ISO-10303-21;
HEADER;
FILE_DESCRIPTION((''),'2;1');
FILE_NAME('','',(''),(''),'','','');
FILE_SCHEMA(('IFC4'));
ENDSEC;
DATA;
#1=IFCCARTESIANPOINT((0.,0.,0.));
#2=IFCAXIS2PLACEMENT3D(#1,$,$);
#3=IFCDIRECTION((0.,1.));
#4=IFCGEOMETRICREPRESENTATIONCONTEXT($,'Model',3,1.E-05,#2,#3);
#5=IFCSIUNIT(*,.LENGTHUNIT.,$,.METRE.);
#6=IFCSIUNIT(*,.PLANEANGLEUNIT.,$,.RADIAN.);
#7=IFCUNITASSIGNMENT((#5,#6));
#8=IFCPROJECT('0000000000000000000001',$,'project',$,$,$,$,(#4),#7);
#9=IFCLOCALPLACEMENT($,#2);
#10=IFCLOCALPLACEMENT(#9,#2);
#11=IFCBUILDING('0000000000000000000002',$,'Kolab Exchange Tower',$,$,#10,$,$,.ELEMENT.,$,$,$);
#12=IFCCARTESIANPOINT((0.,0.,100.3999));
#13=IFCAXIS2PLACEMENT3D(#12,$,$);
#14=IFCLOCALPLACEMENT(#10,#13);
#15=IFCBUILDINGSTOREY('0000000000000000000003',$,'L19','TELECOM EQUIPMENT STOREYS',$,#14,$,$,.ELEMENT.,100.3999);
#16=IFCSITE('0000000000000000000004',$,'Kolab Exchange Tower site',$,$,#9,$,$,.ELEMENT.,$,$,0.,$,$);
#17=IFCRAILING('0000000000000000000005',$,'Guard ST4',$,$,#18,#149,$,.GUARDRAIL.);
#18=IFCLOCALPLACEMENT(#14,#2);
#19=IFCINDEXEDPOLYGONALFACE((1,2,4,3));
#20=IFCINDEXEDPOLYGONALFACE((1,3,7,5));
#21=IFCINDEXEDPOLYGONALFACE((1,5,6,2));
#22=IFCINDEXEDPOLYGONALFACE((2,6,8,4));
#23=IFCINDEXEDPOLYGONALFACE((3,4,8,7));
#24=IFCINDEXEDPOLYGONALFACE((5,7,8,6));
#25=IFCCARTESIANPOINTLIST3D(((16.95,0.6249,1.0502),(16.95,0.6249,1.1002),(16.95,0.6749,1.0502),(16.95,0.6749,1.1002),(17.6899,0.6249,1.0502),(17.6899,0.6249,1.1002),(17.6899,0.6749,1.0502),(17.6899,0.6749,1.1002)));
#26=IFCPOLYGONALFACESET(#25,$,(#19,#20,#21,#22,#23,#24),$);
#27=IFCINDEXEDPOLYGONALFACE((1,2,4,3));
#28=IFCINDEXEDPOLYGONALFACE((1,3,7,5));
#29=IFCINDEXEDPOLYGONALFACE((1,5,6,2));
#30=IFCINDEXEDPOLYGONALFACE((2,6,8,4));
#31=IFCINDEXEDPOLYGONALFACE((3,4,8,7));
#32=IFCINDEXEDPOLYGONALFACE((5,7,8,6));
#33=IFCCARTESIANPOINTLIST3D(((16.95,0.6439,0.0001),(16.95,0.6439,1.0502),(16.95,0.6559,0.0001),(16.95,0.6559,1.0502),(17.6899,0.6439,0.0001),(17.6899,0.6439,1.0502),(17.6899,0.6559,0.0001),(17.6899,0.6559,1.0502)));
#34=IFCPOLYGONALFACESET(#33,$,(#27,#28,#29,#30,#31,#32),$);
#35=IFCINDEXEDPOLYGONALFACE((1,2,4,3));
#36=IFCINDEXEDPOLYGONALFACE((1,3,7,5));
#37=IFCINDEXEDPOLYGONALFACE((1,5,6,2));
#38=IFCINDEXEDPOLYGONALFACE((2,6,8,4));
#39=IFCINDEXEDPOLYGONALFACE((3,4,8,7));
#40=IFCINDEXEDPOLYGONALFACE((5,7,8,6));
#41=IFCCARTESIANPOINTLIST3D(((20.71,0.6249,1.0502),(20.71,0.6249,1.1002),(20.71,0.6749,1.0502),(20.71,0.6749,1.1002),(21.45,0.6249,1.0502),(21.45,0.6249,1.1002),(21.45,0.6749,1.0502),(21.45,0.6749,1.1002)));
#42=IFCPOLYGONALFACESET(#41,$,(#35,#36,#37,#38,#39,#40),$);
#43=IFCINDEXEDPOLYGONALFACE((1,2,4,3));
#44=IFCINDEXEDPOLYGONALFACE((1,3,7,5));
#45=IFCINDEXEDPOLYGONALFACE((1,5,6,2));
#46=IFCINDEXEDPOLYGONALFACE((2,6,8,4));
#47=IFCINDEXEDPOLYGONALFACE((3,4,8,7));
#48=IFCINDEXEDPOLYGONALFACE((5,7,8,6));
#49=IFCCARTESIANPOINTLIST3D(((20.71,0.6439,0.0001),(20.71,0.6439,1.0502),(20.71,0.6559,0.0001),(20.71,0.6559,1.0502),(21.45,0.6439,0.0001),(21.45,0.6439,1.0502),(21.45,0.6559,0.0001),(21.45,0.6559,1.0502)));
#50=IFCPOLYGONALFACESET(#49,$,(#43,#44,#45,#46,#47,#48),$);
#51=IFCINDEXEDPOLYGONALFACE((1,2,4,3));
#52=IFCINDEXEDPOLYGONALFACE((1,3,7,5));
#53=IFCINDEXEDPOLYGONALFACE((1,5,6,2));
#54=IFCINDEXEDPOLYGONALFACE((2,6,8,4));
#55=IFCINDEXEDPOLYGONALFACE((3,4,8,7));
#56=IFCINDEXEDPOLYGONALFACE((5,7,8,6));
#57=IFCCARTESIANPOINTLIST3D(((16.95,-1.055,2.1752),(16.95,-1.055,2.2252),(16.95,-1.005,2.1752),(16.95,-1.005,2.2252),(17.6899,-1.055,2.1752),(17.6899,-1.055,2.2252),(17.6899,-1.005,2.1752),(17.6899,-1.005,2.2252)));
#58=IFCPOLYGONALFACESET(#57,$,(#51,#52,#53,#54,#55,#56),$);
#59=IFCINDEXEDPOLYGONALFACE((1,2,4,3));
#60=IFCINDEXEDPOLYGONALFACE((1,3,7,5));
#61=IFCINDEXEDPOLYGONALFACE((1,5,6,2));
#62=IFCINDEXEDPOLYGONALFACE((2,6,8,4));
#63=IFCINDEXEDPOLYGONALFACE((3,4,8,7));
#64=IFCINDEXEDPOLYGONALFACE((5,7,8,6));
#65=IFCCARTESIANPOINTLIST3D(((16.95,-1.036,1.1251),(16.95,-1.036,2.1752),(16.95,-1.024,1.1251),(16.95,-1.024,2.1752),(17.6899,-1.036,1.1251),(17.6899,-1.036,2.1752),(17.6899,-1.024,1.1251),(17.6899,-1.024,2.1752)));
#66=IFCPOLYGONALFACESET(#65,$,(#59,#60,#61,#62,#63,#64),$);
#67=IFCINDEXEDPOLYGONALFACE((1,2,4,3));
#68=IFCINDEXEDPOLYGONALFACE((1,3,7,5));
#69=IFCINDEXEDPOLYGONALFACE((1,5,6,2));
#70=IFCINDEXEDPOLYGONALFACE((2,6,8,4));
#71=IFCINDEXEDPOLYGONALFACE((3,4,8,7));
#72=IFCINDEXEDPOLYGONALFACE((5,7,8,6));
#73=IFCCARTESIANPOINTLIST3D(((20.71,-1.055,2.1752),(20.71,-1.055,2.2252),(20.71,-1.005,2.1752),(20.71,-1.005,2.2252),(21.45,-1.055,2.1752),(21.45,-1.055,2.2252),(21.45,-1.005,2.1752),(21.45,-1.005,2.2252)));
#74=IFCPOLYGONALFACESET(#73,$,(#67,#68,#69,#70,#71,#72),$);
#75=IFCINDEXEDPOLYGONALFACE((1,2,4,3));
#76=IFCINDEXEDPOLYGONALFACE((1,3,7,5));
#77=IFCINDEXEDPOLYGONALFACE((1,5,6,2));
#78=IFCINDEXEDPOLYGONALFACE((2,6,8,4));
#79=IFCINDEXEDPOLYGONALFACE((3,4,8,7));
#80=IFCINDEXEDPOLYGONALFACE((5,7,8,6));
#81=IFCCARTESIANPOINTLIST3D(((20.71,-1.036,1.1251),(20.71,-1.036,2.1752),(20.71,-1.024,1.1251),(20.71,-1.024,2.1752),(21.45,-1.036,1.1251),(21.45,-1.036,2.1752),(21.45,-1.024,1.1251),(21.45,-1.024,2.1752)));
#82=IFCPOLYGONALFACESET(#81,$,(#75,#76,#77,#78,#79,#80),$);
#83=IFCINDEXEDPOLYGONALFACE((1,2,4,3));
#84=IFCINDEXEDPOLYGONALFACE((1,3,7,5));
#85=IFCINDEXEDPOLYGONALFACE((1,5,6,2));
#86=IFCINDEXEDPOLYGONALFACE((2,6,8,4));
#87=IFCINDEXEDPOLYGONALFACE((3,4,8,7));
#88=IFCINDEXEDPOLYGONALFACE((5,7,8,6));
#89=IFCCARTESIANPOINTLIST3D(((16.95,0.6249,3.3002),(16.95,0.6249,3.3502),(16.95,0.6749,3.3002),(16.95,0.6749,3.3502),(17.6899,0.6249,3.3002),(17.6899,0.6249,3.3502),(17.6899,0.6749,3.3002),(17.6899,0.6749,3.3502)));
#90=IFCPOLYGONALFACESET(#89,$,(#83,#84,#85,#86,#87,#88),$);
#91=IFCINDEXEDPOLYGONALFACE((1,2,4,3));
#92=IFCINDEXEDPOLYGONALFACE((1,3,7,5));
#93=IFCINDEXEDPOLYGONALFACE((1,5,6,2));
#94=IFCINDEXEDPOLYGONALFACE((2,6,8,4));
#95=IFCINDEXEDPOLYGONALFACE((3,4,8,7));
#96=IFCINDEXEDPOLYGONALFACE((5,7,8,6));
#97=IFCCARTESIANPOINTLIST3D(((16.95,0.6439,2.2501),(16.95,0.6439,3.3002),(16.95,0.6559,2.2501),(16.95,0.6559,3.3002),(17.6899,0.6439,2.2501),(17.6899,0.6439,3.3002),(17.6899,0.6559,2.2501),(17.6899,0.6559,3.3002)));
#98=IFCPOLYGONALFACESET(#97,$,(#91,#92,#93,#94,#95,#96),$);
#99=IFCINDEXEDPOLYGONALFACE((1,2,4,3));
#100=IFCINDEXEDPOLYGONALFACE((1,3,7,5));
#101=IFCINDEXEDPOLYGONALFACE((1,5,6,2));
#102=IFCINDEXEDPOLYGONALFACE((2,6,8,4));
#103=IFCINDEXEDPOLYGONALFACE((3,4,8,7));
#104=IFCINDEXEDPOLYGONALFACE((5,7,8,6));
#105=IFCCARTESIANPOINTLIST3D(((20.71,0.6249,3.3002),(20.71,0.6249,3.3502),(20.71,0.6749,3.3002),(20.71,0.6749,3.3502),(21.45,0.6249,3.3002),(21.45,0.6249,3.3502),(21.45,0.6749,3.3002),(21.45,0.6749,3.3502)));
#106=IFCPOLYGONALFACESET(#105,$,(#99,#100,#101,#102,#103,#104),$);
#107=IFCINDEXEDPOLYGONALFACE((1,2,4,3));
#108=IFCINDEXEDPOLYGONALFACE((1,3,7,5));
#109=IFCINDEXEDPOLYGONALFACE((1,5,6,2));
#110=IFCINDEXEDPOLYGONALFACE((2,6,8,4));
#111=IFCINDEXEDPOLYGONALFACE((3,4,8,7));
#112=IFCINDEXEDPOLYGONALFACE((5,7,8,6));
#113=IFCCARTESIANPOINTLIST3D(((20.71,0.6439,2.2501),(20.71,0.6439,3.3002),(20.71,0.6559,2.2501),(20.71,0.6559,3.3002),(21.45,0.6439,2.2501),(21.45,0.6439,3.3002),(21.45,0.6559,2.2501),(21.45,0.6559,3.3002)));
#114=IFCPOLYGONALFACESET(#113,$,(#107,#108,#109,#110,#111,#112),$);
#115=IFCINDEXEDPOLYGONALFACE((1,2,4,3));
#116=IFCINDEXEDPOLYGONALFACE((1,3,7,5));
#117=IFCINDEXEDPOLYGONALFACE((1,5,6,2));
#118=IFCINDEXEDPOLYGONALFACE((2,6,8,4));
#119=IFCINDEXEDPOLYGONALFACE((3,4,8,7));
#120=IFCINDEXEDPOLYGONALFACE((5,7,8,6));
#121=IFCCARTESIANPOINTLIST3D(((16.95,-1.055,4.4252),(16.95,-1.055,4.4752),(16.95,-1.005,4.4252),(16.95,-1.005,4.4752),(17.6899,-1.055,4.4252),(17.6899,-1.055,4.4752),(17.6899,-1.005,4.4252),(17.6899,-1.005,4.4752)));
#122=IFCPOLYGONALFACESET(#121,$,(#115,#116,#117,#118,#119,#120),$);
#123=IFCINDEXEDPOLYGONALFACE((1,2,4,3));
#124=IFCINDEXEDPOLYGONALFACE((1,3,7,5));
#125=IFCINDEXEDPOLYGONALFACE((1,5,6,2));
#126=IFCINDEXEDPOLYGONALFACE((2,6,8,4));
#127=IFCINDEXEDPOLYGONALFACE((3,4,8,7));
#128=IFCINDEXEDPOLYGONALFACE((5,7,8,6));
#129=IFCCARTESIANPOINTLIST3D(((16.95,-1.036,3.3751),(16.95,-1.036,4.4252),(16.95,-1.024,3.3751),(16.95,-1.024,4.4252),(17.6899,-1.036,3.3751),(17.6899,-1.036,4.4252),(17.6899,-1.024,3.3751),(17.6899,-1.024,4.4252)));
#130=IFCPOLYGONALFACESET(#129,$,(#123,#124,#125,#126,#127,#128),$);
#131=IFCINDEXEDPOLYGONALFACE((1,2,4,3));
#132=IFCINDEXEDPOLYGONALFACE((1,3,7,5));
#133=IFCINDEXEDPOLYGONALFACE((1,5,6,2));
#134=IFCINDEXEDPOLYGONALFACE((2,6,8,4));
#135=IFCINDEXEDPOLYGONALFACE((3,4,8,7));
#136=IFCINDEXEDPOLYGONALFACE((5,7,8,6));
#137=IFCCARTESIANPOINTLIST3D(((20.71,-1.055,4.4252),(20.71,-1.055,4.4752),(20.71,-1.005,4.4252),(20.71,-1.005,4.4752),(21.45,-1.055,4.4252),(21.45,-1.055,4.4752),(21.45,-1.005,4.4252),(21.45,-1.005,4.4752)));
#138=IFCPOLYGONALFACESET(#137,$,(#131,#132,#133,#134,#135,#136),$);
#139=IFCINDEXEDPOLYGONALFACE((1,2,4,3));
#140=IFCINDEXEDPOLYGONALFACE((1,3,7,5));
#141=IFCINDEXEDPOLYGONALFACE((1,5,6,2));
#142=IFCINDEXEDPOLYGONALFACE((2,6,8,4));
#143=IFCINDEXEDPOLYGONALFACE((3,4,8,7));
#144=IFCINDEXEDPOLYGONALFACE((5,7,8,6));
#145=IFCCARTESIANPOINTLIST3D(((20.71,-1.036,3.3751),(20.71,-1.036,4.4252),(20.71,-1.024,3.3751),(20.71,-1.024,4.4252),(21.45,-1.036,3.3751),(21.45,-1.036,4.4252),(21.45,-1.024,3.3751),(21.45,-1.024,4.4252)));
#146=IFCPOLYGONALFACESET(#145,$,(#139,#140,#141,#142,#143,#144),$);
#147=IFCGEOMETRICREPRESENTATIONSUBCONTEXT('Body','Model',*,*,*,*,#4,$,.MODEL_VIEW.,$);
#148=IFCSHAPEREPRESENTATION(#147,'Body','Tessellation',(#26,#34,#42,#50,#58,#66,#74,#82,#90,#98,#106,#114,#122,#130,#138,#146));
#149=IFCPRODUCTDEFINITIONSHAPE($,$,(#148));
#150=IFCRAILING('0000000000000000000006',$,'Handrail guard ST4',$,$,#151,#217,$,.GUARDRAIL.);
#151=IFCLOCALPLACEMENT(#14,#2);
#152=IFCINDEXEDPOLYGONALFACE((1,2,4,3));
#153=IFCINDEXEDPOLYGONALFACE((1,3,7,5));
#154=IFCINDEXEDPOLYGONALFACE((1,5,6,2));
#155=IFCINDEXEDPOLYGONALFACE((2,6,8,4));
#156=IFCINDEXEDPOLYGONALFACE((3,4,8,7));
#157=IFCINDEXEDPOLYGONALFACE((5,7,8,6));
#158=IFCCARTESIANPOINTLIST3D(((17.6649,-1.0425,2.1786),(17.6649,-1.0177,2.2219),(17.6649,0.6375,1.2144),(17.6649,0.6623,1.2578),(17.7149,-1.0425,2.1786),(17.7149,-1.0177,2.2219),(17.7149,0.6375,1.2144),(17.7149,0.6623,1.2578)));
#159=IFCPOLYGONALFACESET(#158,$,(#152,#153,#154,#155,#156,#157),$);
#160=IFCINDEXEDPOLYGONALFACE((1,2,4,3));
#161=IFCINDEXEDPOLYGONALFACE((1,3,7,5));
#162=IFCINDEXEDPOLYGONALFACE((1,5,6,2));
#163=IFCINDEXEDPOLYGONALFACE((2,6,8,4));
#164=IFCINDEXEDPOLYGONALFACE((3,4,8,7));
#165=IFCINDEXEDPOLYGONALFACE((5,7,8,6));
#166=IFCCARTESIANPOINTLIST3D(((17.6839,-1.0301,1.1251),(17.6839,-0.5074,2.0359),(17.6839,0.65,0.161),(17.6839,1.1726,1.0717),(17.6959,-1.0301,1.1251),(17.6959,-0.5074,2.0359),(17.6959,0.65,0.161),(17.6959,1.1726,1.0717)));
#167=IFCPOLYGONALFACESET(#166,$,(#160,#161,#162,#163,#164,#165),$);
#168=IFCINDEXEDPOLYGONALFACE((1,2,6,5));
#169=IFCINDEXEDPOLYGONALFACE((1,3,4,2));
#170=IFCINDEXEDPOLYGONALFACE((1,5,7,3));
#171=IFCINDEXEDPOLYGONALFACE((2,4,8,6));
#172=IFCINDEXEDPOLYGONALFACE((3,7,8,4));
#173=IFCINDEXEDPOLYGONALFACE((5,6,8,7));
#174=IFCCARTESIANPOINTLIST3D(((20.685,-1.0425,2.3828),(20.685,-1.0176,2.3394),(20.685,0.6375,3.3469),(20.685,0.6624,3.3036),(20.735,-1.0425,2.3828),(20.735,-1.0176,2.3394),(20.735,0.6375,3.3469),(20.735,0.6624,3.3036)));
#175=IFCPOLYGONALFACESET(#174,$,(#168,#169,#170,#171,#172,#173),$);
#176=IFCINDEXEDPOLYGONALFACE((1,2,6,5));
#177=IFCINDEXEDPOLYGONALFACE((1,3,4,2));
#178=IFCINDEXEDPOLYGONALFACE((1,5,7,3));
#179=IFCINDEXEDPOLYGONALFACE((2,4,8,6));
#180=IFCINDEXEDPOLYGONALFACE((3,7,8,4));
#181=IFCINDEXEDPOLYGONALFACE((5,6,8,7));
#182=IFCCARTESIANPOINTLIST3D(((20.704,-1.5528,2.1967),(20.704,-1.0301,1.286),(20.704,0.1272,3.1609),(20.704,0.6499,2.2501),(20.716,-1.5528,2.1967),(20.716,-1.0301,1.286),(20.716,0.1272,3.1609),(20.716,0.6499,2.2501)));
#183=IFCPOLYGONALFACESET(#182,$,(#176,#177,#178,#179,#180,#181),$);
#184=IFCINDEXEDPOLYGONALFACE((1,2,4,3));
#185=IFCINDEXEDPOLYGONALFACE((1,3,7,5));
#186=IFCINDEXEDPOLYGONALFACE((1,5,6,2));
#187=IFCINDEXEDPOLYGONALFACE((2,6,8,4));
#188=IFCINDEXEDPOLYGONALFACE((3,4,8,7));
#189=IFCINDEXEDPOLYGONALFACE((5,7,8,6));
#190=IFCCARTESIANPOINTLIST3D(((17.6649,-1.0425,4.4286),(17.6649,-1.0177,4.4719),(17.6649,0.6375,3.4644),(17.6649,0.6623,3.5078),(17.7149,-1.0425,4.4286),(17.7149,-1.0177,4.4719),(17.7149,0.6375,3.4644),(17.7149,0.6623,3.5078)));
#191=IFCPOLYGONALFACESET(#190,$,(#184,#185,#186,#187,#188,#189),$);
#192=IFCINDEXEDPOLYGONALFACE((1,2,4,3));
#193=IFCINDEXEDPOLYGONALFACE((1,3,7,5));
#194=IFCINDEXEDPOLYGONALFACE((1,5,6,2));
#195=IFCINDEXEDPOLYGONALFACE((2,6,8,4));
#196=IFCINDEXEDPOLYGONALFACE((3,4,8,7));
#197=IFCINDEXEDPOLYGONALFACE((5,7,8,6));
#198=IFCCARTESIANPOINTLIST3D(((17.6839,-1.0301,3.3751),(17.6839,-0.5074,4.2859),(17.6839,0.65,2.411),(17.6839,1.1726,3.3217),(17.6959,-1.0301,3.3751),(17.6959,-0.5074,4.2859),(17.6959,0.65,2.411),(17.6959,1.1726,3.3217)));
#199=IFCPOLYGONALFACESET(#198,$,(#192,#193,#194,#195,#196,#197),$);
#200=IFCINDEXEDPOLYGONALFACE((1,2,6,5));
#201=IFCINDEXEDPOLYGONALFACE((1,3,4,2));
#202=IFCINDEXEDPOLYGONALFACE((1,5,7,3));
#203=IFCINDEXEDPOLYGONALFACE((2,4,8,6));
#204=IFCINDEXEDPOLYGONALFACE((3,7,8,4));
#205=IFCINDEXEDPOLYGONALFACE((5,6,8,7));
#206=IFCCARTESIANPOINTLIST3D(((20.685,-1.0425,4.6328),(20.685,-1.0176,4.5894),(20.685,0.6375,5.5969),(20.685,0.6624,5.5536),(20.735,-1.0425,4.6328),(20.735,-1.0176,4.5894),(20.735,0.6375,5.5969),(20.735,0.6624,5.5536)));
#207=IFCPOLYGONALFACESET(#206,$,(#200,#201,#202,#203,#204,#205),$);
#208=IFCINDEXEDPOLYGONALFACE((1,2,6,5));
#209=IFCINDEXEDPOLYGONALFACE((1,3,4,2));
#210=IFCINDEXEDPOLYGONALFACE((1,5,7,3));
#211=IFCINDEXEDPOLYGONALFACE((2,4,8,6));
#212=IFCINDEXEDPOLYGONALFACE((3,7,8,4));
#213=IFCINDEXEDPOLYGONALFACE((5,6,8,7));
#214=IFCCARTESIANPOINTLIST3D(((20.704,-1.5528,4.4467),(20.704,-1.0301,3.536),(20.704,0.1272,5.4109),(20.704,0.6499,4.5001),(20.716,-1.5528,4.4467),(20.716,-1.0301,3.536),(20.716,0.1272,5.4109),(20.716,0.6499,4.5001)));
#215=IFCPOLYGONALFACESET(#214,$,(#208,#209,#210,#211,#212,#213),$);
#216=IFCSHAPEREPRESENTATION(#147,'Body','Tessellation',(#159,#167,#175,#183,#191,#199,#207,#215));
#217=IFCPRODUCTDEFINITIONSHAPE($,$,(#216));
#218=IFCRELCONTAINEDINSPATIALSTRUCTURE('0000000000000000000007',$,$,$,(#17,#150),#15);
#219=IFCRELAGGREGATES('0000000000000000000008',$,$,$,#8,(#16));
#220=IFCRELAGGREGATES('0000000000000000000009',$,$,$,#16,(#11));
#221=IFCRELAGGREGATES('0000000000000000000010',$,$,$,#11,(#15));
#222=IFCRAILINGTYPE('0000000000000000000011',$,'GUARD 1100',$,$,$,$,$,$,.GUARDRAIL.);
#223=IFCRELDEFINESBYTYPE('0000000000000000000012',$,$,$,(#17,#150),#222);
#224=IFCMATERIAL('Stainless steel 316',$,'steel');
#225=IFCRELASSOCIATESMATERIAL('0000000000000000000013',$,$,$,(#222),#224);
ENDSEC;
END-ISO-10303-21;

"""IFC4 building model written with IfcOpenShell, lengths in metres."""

from ifc_helpers import new_model, si_unit, direction, frame, frame_2d, origin, origin_2d, place, context, subcontext, project, spatial, rectangle, extrude, material, type_object, element, save


model = new_model("IFC4")

# Units and contexts
model_context = context("Model", 3, precision=1e-05, world=origin(), true_north=direction((0.0, 1.0)))
body_context = subcontext(model_context, "Body", "Model", "MODEL_VIEW")
ifc_project = project(units=[si_unit("LENGTHUNIT", "METRE"), si_unit("PLANEANGLEUNIT", "RADIAN")], contexts=[model_context])

# Site, building, storey
site_placement = place(None, origin())
site = spatial("IfcSite", under=ifc_project, at=site_placement, Name="Kolab Exchange Tower site", CompositionType="ELEMENT", RefElevation=0.0)
building_placement = place(site_placement, origin())
building = spatial("IfcBuilding", under=site, at=building_placement, Name="Kolab Exchange Tower", CompositionType="ELEMENT")
storey_placement = place(building_placement, frame((0.0, 0.0, 100.3999)))
storey = spatial("IfcBuildingStorey", under=building, at=storey_placement, Name="L19", Description="TELECOM EQUIPMENT STOREYS", CompositionType="ELEMENT", Elevation=100.3999)

# Railings
ifc_material_1 = material(Name="Stainless steel 316", Category="steel")
railing_type = type_object("IfcRailingType", Name="GUARD 1100", PredefinedType="GUARDRAIL", material=ifc_material_1)
railing_1_placement = place(storey_placement, frame((16.95, 0.6499, 0.0)))
element("IfcRailing", 1, at=railing_1_placement, inside=storey, type_object=railing_type, Name="Guard ST4", PredefinedType="GUARDRAIL", context=body_context, shape_type="SweptSolid", body=[
    extrude(rectangle(XDim=0.05, YDim=0.05, at=origin_2d()), frame((0.0, 0.0, 1.0752), z_axis=(1.0, 0.0, 0.0), x_axis=(0.0, 1.0, 0.0)), (0.0, 0.0, 1.0), 0.74),
    extrude(rectangle(XDim=0.012, YDim=1.0501, at=frame_2d((0.0, 0.5251))), frame((0.0, 0.0, 0.0), z_axis=(1.0, 0.0, 0.0), x_axis=(0.0, 1.0, 0.0)), (0.0, 0.0, 1.0), 0.74),
    extrude(rectangle(XDim=0.05, YDim=0.05, at=origin_2d()), frame((3.76, 0.0, 1.0752), z_axis=(1.0, 0.0, 0.0), x_axis=(0.0, 1.0, 0.0)), (0.0, 0.0, 1.0), 0.74),
    extrude(rectangle(XDim=0.012, YDim=1.0501, at=frame_2d((0.0, 0.5251))), frame((3.76, 0.0, 0.0), z_axis=(1.0, 0.0, 0.0), x_axis=(0.0, 1.0, 0.0)), (0.0, 0.0, 1.0), 0.74),
    extrude(rectangle(XDim=0.05, YDim=0.05, at=origin_2d()), frame((0.0, -1.6799, 2.2002), z_axis=(1.0, 0.0, 0.0), x_axis=(0.0, 1.0, 0.0)), (0.0, 0.0, 1.0), 0.74),
    extrude(rectangle(XDim=0.012, YDim=1.0501, at=frame_2d((0.0, 0.5251))), frame((0.0, -1.6799, 1.125), z_axis=(1.0, 0.0, 0.0), x_axis=(0.0, 1.0, 0.0)), (0.0, 0.0, 1.0), 0.74),
    extrude(rectangle(XDim=0.05, YDim=0.05, at=origin_2d()), frame((3.76, -1.6799, 2.2002), z_axis=(1.0, 0.0, 0.0), x_axis=(0.0, 1.0, 0.0)), (0.0, 0.0, 1.0), 0.74),
    extrude(rectangle(XDim=0.012, YDim=1.0501, at=frame_2d((0.0, 0.5251))), frame((3.76, -1.6799, 1.125), z_axis=(1.0, 0.0, 0.0), x_axis=(0.0, 1.0, 0.0)), (0.0, 0.0, 1.0), 0.74),
    extrude(rectangle(XDim=0.05, YDim=0.05, at=origin_2d()), frame((0.0, 0.0, 3.3252), z_axis=(1.0, 0.0, 0.0), x_axis=(0.0, 1.0, 0.0)), (0.0, 0.0, 1.0), 0.74),
    extrude(rectangle(XDim=0.012, YDim=1.0501, at=frame_2d((0.0, 0.5251))), frame((0.0, 0.0, 2.25), z_axis=(1.0, 0.0, 0.0), x_axis=(0.0, 1.0, 0.0)), (0.0, 0.0, 1.0), 0.74),
    extrude(rectangle(XDim=0.05, YDim=0.05, at=origin_2d()), frame((3.76, 0.0, 3.3252), z_axis=(1.0, 0.0, 0.0), x_axis=(0.0, 1.0, 0.0)), (0.0, 0.0, 1.0), 0.74),
    extrude(rectangle(XDim=0.012, YDim=1.0501, at=frame_2d((0.0, 0.5251))), frame((3.76, 0.0, 2.25), z_axis=(1.0, 0.0, 0.0), x_axis=(0.0, 1.0, 0.0)), (0.0, 0.0, 1.0), 0.74),
    extrude(rectangle(XDim=0.05, YDim=0.05, at=origin_2d()), frame((0.0, -1.6799, 4.4502), z_axis=(1.0, 0.0, 0.0), x_axis=(0.0, 1.0, 0.0)), (0.0, 0.0, 1.0), 0.74),
    extrude(rectangle(XDim=0.012, YDim=1.0501, at=frame_2d((0.0, 0.5251))), frame((0.0, -1.6799, 3.375), z_axis=(1.0, 0.0, 0.0), x_axis=(0.0, 1.0, 0.0)), (0.0, 0.0, 1.0), 0.74),
    extrude(rectangle(XDim=0.05, YDim=0.05, at=origin_2d()), frame((3.76, -1.6799, 4.4502), z_axis=(1.0, 0.0, 0.0), x_axis=(0.0, 1.0, 0.0)), (0.0, 0.0, 1.0), 0.74),
    extrude(rectangle(XDim=0.012, YDim=1.0501, at=frame_2d((0.0, 0.5251))), frame((3.76, -1.6799, 3.375), z_axis=(1.0, 0.0, 0.0), x_axis=(0.0, 1.0, 0.0)), (0.0, 0.0, 1.0), 0.74),
])
railing_2_placement = place(storey_placement, frame((17.6899, 0.6499, 0.1609)))
element("IfcRailing", 2, at=railing_2_placement, inside=storey, type_object=railing_type, Name="Handrail guard ST4", PredefinedType="GUARDRAIL", context=body_context, shape_type="SweptSolid", body=[
    extrude(rectangle(XDim=0.05, YDim=0.05, at=origin_2d()), frame((0.0, 0.0, 1.0752), z_axis=(0.0, -0.867319, 0.497753), x_axis=(1.0, 0.0, 0.0)), (0.0, 0.0, 1.0), 1.937),
    extrude(rectangle(XDim=0.012, YDim=1.0501, at=frame_2d((0.0, 0.5251))), frame((0.0, 0.0, 0.0), z_axis=(0.0, -0.867319, 0.497753), x_axis=(1.0, 0.0, 0.0)), (0.0, 0.0, 1.0), 1.937),
    extrude(rectangle(XDim=0.05, YDim=0.05, at=origin_2d()), frame((3.02, -1.6799, 2.2002), z_axis=(0.0, 0.867319, 0.497753), x_axis=(-1.0, 0.0, 0.0)), (0.0, 0.0, 1.0), 1.937),
    extrude(rectangle(XDim=0.012, YDim=1.0501, at=frame_2d((0.0, 0.5251))), frame((3.02, -1.6799, 1.125), z_axis=(0.0, 0.867319, 0.497753), x_axis=(-1.0, 0.0, 0.0)), (0.0, 0.0, 1.0), 1.937),
    extrude(rectangle(XDim=0.05, YDim=0.05, at=origin_2d()), frame((0.0, 0.0, 3.3252), z_axis=(0.0, -0.867319, 0.497753), x_axis=(1.0, 0.0, 0.0)), (0.0, 0.0, 1.0), 1.937),
    extrude(rectangle(XDim=0.012, YDim=1.0501, at=frame_2d((0.0, 0.5251))), frame((0.0, 0.0, 2.25), z_axis=(0.0, -0.867319, 0.497753), x_axis=(1.0, 0.0, 0.0)), (0.0, 0.0, 1.0), 1.937),
    extrude(rectangle(XDim=0.05, YDim=0.05, at=origin_2d()), frame((3.02, -1.6799, 4.4502), z_axis=(0.0, 0.867319, 0.497753), x_axis=(-1.0, 0.0, 0.0)), (0.0, 0.0, 1.0), 1.937),
    extrude(rectangle(XDim=0.012, YDim=1.0501, at=frame_2d((0.0, 0.5251))), frame((3.02, -1.6799, 3.375), z_axis=(0.0, 0.867319, 0.497753), x_axis=(-1.0, 0.0, 0.0)), (0.0, 0.0, 1.0), 1.937),
])

save(model, "model.ifc")
